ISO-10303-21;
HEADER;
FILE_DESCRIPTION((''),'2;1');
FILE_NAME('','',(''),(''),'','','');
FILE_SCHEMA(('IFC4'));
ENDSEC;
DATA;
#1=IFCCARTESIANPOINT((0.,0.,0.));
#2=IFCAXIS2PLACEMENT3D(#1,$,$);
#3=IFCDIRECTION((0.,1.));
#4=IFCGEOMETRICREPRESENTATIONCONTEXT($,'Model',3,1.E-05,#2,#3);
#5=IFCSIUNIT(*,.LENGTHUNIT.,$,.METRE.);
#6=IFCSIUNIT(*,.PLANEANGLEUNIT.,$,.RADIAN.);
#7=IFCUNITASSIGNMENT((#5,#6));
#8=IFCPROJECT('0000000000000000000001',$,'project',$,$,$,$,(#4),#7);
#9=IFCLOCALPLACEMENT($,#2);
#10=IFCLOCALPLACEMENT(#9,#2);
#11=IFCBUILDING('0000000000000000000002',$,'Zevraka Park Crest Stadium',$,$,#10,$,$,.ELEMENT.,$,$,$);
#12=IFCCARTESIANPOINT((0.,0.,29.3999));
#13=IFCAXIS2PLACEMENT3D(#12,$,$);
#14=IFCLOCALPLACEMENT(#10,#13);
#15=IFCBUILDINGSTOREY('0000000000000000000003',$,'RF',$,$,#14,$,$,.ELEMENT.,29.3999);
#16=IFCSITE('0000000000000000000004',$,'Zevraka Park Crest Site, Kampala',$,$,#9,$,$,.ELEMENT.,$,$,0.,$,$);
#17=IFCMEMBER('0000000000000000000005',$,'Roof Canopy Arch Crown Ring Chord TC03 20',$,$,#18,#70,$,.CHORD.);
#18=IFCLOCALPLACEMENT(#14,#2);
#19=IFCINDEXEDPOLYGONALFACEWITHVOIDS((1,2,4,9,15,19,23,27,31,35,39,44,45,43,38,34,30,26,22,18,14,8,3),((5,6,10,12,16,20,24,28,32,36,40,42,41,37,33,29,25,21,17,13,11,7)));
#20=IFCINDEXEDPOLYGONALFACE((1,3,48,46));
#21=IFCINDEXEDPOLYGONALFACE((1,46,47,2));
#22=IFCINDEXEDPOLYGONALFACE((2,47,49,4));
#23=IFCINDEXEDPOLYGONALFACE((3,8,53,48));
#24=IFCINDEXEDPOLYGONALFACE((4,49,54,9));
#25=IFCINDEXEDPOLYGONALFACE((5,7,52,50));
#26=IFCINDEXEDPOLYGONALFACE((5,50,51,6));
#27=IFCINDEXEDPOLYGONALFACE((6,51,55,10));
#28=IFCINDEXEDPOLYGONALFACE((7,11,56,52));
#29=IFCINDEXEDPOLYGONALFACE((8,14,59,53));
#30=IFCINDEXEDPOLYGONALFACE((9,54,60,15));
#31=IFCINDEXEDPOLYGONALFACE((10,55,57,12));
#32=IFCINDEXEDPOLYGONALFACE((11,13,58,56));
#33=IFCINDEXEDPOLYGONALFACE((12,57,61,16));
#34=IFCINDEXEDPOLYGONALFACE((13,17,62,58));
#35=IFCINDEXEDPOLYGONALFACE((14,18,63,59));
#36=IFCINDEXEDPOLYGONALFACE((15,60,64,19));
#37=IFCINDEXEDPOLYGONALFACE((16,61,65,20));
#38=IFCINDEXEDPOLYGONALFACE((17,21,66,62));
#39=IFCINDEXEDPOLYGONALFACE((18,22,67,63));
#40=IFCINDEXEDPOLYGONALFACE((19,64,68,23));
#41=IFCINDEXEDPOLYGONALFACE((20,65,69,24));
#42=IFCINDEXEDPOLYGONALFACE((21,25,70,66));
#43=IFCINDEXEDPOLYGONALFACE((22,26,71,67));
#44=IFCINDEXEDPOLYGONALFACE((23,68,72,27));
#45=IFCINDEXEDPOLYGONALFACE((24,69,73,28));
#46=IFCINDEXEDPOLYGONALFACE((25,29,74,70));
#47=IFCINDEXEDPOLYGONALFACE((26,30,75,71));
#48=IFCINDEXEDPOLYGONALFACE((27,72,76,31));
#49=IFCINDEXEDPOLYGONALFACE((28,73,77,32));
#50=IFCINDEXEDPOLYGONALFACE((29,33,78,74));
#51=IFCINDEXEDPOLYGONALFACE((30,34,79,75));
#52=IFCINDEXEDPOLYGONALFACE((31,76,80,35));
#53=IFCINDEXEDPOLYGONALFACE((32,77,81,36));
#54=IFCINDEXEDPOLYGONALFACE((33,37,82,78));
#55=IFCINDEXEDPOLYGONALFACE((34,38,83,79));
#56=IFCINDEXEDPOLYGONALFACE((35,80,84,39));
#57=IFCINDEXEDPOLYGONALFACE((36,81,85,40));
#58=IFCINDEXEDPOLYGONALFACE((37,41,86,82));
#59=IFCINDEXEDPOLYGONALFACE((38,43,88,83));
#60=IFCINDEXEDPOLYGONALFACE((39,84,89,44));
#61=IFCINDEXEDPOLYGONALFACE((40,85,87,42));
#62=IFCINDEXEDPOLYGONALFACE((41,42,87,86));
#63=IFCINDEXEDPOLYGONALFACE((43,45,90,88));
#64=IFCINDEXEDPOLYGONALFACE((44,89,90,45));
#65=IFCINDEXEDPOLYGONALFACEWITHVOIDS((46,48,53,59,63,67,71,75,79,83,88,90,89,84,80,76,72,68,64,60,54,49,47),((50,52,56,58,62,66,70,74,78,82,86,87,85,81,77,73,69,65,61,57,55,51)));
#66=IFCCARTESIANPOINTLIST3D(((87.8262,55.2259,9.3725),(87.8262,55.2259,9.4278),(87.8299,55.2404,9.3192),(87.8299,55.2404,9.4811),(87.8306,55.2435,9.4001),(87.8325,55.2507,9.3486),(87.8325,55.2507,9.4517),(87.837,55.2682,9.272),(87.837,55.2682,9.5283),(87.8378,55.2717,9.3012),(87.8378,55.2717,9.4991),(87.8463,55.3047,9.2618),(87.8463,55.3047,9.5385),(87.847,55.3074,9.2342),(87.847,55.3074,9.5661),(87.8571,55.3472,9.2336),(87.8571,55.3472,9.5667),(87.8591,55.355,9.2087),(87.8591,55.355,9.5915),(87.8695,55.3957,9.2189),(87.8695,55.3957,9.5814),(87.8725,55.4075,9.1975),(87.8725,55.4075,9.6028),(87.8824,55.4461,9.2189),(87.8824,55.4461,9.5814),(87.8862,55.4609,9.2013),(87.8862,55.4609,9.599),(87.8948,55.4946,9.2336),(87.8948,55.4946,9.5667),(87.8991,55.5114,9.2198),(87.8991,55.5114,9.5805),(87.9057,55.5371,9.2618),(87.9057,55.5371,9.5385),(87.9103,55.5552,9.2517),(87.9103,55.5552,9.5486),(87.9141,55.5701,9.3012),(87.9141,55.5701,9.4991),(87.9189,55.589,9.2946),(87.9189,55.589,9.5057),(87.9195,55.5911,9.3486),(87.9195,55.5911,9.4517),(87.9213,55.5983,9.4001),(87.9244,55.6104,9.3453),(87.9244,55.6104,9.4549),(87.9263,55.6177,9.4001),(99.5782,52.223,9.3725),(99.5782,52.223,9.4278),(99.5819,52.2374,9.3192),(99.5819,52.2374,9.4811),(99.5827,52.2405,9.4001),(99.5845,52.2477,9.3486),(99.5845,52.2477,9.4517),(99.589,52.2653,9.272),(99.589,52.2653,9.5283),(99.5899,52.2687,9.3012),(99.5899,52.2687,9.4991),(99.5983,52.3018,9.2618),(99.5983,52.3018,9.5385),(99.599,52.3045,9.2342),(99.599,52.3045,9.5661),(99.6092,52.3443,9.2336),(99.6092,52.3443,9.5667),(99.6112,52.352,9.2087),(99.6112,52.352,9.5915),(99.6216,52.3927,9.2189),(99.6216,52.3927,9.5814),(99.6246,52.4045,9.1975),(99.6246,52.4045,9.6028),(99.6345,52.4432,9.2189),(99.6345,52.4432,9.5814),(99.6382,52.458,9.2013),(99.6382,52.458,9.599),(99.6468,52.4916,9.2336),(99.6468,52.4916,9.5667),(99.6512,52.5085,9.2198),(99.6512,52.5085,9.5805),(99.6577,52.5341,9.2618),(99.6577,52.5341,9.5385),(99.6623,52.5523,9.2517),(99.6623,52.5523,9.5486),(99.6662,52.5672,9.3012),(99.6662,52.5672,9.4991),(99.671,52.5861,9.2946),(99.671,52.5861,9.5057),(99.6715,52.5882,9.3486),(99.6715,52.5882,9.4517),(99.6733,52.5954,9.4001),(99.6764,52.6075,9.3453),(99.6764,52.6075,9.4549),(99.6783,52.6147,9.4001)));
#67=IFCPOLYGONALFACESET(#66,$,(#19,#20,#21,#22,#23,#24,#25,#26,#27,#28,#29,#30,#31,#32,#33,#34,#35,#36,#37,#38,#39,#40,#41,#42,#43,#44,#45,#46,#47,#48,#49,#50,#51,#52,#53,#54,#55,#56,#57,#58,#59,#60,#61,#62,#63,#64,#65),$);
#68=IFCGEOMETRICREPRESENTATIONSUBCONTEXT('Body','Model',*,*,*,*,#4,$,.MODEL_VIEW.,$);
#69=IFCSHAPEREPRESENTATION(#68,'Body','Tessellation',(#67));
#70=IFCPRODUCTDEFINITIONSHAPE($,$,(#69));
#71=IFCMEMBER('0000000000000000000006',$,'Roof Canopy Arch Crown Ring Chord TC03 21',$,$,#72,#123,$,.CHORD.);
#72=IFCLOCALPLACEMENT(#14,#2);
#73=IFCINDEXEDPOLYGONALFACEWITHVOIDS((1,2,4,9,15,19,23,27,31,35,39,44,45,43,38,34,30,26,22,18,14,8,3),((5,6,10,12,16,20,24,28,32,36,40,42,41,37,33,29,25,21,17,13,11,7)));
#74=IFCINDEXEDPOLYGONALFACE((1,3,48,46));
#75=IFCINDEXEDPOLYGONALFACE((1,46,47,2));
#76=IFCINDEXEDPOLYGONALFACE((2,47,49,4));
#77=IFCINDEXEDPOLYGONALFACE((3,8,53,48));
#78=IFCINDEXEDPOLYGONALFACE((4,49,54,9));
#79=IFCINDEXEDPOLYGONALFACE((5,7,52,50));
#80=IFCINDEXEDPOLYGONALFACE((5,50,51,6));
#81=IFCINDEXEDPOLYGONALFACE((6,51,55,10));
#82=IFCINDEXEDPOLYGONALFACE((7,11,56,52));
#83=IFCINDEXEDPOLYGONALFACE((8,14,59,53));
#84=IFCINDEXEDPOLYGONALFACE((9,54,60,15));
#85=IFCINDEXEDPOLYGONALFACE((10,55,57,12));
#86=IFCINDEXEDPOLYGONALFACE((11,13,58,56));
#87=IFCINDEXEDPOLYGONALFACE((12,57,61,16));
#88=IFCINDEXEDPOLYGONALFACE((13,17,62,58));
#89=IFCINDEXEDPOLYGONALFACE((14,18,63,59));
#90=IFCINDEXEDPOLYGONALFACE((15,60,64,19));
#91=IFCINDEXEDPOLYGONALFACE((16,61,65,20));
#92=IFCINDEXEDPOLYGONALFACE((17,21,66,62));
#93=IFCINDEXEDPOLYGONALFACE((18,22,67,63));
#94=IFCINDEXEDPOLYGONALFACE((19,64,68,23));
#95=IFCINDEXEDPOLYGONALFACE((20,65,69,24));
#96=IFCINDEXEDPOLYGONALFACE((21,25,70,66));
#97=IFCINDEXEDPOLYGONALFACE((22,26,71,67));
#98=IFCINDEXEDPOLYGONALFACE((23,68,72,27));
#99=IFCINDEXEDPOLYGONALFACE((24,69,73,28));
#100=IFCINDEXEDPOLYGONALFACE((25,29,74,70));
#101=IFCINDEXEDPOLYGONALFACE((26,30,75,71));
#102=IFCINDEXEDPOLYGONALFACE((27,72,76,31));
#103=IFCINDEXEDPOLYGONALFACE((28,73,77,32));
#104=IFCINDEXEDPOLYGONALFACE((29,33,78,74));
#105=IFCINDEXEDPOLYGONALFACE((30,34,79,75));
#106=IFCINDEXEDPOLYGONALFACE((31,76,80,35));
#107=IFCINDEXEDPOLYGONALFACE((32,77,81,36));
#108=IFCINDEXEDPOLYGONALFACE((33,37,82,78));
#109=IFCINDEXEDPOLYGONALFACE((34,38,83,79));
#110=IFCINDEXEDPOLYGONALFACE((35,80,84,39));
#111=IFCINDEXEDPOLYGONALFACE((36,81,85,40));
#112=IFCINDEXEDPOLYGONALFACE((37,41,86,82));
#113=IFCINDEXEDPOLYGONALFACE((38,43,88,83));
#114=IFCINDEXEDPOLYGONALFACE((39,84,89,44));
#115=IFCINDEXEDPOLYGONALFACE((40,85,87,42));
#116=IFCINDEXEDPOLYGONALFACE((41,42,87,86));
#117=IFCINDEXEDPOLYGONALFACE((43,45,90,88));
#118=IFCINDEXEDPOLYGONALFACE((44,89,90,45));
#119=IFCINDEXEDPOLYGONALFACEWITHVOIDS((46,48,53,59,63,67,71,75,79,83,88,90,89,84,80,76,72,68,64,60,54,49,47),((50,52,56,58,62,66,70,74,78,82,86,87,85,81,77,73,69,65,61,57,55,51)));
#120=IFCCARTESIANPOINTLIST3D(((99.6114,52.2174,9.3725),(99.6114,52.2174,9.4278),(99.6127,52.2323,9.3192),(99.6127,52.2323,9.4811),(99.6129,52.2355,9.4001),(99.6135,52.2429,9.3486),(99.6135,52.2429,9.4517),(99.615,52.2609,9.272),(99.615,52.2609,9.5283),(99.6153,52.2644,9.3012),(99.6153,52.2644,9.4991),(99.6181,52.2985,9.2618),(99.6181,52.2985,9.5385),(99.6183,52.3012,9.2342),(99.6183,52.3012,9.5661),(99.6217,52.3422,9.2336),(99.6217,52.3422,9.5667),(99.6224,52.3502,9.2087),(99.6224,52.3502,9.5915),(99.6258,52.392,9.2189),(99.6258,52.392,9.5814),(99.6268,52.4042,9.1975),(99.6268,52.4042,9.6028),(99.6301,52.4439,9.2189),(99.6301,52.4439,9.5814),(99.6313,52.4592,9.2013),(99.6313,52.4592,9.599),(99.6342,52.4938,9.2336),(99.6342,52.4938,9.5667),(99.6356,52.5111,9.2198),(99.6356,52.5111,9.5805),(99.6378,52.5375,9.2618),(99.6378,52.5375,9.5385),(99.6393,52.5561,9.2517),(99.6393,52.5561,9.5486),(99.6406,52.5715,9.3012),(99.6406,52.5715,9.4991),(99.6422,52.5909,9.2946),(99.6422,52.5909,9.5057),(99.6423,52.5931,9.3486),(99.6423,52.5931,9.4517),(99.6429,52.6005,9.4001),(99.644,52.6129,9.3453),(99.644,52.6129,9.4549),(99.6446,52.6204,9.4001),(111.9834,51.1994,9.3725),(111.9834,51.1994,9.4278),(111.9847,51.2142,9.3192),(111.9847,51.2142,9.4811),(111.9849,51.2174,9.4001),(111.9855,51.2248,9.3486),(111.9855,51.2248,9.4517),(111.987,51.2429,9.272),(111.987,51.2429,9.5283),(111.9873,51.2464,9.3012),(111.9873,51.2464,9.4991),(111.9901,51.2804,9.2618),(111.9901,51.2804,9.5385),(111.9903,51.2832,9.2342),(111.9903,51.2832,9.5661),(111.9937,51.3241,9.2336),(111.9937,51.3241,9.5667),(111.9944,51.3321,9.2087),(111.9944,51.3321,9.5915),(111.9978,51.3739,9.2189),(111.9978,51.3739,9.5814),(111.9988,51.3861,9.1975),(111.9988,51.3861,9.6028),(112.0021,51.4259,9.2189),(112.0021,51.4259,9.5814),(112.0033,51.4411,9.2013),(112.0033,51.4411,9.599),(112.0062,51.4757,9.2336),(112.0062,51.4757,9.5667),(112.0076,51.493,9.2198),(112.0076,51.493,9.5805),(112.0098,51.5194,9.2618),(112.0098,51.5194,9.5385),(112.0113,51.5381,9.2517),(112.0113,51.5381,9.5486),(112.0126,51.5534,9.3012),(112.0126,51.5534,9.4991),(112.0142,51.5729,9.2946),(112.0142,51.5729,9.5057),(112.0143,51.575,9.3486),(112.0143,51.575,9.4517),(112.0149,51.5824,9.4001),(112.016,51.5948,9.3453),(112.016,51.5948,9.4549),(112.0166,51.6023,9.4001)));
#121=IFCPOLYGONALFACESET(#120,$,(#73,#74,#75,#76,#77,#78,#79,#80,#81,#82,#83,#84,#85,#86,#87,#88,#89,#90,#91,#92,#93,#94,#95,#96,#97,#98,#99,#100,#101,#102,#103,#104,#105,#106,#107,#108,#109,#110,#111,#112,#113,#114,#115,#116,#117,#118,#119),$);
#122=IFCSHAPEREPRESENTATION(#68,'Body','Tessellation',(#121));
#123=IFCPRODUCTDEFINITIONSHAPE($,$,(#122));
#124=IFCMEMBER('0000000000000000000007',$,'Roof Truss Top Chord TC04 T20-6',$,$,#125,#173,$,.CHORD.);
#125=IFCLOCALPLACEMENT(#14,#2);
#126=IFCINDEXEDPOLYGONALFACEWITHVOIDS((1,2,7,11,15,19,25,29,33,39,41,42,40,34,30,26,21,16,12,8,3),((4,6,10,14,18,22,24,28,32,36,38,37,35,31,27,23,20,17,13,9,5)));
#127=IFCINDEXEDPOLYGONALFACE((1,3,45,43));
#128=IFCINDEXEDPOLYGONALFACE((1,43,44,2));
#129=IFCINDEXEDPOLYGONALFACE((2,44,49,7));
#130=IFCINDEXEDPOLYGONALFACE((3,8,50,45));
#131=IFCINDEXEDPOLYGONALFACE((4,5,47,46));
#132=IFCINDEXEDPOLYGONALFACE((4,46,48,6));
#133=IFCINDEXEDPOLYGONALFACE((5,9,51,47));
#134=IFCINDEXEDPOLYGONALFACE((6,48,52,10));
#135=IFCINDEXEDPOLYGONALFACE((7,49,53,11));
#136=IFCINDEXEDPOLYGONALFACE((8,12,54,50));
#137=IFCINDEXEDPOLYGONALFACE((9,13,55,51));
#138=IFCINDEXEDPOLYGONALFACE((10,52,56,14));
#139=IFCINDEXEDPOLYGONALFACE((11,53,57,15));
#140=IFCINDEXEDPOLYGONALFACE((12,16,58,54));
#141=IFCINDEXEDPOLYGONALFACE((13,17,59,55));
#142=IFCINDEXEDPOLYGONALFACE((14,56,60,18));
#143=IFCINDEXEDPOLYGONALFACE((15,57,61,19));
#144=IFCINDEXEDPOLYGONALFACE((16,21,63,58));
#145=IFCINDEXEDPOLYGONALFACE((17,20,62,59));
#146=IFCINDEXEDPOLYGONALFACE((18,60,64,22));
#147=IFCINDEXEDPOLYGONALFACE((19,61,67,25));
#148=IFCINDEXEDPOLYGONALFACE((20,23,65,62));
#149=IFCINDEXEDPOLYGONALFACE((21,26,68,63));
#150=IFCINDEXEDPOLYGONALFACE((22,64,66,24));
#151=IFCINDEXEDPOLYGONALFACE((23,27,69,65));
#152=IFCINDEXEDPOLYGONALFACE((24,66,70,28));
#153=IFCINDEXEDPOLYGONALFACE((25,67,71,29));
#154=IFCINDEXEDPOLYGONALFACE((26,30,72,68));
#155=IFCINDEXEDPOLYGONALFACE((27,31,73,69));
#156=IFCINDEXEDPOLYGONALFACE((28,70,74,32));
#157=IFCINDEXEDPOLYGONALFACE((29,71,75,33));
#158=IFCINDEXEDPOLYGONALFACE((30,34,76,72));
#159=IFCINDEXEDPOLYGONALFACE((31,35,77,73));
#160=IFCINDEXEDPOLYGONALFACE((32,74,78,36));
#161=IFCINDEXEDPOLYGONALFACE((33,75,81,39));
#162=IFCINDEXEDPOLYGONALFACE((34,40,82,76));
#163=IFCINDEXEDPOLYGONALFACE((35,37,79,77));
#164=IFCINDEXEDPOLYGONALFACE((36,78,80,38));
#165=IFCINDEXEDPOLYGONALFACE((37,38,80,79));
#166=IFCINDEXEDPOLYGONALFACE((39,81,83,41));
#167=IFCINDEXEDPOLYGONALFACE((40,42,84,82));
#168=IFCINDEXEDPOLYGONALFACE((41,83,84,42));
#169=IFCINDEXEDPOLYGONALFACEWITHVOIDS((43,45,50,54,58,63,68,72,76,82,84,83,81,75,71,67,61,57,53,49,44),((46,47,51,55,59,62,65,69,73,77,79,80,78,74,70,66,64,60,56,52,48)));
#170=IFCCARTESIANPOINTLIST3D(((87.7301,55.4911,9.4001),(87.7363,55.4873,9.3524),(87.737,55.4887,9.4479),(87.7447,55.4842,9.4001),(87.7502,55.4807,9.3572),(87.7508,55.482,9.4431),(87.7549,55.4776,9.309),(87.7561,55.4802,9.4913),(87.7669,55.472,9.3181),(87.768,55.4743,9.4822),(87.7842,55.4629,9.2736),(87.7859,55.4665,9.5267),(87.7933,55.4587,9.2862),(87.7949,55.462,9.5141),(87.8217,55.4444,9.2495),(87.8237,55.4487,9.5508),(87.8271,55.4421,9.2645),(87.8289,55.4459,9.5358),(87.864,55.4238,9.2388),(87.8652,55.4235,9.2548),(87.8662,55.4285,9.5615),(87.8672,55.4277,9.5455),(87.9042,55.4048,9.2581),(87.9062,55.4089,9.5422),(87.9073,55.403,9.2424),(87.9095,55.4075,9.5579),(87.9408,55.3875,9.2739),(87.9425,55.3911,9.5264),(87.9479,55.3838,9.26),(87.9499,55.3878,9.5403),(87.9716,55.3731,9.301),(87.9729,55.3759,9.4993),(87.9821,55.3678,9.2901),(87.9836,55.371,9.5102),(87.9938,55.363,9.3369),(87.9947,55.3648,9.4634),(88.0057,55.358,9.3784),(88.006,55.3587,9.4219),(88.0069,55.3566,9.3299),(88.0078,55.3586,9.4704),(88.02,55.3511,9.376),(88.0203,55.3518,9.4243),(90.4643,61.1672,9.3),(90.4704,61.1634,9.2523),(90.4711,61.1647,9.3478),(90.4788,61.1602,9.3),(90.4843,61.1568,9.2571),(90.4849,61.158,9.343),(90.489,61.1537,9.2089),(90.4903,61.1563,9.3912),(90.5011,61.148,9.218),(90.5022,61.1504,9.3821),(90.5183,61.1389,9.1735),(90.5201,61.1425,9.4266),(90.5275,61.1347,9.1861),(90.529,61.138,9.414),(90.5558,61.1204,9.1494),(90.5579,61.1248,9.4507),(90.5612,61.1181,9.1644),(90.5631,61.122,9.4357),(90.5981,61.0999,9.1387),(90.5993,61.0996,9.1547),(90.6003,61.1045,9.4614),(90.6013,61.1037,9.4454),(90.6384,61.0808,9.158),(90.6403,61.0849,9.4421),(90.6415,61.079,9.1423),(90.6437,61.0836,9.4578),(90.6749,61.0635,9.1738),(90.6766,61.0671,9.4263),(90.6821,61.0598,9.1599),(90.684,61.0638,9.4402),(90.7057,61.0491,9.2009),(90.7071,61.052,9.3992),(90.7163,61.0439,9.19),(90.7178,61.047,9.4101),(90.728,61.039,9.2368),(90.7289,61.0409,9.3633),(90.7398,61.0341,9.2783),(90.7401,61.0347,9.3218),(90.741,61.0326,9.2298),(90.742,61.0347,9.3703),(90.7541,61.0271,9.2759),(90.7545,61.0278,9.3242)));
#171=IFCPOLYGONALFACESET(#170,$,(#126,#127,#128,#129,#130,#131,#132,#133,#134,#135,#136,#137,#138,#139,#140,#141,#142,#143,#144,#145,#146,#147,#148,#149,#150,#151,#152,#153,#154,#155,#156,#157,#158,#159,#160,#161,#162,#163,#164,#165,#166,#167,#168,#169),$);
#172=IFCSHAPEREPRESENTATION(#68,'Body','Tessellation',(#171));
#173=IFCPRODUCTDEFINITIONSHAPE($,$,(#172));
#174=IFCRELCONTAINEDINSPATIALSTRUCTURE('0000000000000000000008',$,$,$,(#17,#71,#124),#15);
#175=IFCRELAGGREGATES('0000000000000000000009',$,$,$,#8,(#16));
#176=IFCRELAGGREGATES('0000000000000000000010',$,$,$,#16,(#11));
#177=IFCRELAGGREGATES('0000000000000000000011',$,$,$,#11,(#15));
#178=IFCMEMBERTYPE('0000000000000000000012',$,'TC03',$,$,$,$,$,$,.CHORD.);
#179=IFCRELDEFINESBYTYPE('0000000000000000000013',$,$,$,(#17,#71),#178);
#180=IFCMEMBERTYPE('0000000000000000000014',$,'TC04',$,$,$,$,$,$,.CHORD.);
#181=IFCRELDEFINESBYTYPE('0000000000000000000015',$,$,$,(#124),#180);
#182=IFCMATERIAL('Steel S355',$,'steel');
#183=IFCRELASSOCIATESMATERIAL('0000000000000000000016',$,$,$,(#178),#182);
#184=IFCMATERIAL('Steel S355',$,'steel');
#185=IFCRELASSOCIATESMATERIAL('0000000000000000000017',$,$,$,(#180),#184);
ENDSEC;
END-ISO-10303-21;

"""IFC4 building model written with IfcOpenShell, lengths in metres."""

from ifc_helpers import new_model, si_unit, direction, frame, origin, origin_2d, place, context, subcontext, project, spatial, hollow_circle, extrude, material, material_profile, profile_set, type_object, element, save


model = new_model("IFC4")

# Units and contexts
model_context = context("Model", 3, precision=1e-05, world=origin(), true_north=direction((0.0, 1.0)))
body_context = subcontext(model_context, "Body", "Model", "MODEL_VIEW")
ifc_project = project(units=[si_unit("LENGTHUNIT", "METRE"), si_unit("PLANEANGLEUNIT", "RADIAN")], contexts=[model_context])

# Site, building, storey
site_placement = place(None, origin())
site = spatial("IfcSite", under=ifc_project, at=site_placement, Name="Zevraka Park Crest Site, Kampala", CompositionType="ELEMENT", RefElevation=0.0)
building_placement = place(site_placement, origin())
building = spatial("IfcBuilding", under=site, at=building_placement, Name="Zevraka Park Crest Stadium", CompositionType="ELEMENT")
storey_placement = place(building_placement, frame((0.0, 0.0, 29.3999)))
storey = spatial("IfcBuildingStorey", under=building, at=storey_placement, Name="RF", CompositionType="ELEMENT", Elevation=29.3999)

# Members
ifc_material_1 = material(Name="Steel S355", Category="steel")
ifc_material_profile_1 = material_profile(ifc_material_1, hollow_circle(Radius=0.2031, WallThickness=0.02, at=origin_2d()), Name="CHS 406.4x20")
ifc_profile_set_1 = profile_set([ifc_material_profile_1], Name="Steel S355")
member_type_1 = type_object("IfcMemberType", Name="TC03", PredefinedType="CHORD", material=ifc_profile_set_1)
member_1_placement = place(storey_placement, frame((87.876, 55.4209, 9.4001), z_axis=(0.96887, -0.247571, 0.0), x_axis=(0.247571, 0.96887, 0.0)))
element("IfcMember", 1, at=member_1_placement, inside=storey, type_object=member_type_1, Name="Roof Canopy Arch Crown Ring Chord TC03 20", PredefinedType="CHORD", context=body_context, shape_type="SweptSolid", body=[
    extrude(hollow_circle(Radius=0.2031, WallThickness=0.02, at=origin_2d()), origin(), (0.0, 0.0, 1.0), 12.1296),
])
member_2_placement = place(storey_placement, frame((99.6279, 52.418, 9.4001), z_axis=(0.996631, -0.08201, 0.0), x_axis=(0.08201, 0.996631, 0.0)))
element("IfcMember", 2, at=member_2_placement, inside=storey, type_object=member_type_1, Name="Roof Canopy Arch Crown Ring Chord TC03 21", PredefinedType="CHORD", context=body_context, shape_type="SweptSolid", body=[
    extrude(hollow_circle(Radius=0.2031, WallThickness=0.02, at=origin_2d()), origin(), (0.0, 0.0, 1.0), 12.4138),
])
ifc_material_2 = material(Name="Steel S355", Category="steel")
ifc_material_profile_2 = material_profile(ifc_material_2, hollow_circle(Radius=0.1619, WallThickness=0.0161, at=origin_2d()), Name="CHS 323.9x16")
ifc_profile_set_2 = profile_set([ifc_material_profile_2], Name="Steel S355")
member_type_2 = type_object("IfcMemberType", Name="TC04", PredefinedType="CHORD", material=ifc_profile_set_2)
member_3_placement = place(storey_placement, frame((87.876, 55.4209, 9.4001), z_axis=(0.433919, 0.900812, -0.015886), x_axis=(-0.900925, 0.433974, 0.0)))
element("IfcMember", 3, at=member_3_placement, inside=storey, type_object=member_type_2, Name="Roof Truss Top Chord TC04 T20-6", PredefinedType="CHORD", context=body_context, shape_type="SweptSolid", body=[
    extrude(hollow_circle(Radius=0.1619, WallThickness=0.0161, at=origin_2d()), origin(), (0.0, 0.0, 1.0), 6.301),
])

save(model, "model.ifc")
